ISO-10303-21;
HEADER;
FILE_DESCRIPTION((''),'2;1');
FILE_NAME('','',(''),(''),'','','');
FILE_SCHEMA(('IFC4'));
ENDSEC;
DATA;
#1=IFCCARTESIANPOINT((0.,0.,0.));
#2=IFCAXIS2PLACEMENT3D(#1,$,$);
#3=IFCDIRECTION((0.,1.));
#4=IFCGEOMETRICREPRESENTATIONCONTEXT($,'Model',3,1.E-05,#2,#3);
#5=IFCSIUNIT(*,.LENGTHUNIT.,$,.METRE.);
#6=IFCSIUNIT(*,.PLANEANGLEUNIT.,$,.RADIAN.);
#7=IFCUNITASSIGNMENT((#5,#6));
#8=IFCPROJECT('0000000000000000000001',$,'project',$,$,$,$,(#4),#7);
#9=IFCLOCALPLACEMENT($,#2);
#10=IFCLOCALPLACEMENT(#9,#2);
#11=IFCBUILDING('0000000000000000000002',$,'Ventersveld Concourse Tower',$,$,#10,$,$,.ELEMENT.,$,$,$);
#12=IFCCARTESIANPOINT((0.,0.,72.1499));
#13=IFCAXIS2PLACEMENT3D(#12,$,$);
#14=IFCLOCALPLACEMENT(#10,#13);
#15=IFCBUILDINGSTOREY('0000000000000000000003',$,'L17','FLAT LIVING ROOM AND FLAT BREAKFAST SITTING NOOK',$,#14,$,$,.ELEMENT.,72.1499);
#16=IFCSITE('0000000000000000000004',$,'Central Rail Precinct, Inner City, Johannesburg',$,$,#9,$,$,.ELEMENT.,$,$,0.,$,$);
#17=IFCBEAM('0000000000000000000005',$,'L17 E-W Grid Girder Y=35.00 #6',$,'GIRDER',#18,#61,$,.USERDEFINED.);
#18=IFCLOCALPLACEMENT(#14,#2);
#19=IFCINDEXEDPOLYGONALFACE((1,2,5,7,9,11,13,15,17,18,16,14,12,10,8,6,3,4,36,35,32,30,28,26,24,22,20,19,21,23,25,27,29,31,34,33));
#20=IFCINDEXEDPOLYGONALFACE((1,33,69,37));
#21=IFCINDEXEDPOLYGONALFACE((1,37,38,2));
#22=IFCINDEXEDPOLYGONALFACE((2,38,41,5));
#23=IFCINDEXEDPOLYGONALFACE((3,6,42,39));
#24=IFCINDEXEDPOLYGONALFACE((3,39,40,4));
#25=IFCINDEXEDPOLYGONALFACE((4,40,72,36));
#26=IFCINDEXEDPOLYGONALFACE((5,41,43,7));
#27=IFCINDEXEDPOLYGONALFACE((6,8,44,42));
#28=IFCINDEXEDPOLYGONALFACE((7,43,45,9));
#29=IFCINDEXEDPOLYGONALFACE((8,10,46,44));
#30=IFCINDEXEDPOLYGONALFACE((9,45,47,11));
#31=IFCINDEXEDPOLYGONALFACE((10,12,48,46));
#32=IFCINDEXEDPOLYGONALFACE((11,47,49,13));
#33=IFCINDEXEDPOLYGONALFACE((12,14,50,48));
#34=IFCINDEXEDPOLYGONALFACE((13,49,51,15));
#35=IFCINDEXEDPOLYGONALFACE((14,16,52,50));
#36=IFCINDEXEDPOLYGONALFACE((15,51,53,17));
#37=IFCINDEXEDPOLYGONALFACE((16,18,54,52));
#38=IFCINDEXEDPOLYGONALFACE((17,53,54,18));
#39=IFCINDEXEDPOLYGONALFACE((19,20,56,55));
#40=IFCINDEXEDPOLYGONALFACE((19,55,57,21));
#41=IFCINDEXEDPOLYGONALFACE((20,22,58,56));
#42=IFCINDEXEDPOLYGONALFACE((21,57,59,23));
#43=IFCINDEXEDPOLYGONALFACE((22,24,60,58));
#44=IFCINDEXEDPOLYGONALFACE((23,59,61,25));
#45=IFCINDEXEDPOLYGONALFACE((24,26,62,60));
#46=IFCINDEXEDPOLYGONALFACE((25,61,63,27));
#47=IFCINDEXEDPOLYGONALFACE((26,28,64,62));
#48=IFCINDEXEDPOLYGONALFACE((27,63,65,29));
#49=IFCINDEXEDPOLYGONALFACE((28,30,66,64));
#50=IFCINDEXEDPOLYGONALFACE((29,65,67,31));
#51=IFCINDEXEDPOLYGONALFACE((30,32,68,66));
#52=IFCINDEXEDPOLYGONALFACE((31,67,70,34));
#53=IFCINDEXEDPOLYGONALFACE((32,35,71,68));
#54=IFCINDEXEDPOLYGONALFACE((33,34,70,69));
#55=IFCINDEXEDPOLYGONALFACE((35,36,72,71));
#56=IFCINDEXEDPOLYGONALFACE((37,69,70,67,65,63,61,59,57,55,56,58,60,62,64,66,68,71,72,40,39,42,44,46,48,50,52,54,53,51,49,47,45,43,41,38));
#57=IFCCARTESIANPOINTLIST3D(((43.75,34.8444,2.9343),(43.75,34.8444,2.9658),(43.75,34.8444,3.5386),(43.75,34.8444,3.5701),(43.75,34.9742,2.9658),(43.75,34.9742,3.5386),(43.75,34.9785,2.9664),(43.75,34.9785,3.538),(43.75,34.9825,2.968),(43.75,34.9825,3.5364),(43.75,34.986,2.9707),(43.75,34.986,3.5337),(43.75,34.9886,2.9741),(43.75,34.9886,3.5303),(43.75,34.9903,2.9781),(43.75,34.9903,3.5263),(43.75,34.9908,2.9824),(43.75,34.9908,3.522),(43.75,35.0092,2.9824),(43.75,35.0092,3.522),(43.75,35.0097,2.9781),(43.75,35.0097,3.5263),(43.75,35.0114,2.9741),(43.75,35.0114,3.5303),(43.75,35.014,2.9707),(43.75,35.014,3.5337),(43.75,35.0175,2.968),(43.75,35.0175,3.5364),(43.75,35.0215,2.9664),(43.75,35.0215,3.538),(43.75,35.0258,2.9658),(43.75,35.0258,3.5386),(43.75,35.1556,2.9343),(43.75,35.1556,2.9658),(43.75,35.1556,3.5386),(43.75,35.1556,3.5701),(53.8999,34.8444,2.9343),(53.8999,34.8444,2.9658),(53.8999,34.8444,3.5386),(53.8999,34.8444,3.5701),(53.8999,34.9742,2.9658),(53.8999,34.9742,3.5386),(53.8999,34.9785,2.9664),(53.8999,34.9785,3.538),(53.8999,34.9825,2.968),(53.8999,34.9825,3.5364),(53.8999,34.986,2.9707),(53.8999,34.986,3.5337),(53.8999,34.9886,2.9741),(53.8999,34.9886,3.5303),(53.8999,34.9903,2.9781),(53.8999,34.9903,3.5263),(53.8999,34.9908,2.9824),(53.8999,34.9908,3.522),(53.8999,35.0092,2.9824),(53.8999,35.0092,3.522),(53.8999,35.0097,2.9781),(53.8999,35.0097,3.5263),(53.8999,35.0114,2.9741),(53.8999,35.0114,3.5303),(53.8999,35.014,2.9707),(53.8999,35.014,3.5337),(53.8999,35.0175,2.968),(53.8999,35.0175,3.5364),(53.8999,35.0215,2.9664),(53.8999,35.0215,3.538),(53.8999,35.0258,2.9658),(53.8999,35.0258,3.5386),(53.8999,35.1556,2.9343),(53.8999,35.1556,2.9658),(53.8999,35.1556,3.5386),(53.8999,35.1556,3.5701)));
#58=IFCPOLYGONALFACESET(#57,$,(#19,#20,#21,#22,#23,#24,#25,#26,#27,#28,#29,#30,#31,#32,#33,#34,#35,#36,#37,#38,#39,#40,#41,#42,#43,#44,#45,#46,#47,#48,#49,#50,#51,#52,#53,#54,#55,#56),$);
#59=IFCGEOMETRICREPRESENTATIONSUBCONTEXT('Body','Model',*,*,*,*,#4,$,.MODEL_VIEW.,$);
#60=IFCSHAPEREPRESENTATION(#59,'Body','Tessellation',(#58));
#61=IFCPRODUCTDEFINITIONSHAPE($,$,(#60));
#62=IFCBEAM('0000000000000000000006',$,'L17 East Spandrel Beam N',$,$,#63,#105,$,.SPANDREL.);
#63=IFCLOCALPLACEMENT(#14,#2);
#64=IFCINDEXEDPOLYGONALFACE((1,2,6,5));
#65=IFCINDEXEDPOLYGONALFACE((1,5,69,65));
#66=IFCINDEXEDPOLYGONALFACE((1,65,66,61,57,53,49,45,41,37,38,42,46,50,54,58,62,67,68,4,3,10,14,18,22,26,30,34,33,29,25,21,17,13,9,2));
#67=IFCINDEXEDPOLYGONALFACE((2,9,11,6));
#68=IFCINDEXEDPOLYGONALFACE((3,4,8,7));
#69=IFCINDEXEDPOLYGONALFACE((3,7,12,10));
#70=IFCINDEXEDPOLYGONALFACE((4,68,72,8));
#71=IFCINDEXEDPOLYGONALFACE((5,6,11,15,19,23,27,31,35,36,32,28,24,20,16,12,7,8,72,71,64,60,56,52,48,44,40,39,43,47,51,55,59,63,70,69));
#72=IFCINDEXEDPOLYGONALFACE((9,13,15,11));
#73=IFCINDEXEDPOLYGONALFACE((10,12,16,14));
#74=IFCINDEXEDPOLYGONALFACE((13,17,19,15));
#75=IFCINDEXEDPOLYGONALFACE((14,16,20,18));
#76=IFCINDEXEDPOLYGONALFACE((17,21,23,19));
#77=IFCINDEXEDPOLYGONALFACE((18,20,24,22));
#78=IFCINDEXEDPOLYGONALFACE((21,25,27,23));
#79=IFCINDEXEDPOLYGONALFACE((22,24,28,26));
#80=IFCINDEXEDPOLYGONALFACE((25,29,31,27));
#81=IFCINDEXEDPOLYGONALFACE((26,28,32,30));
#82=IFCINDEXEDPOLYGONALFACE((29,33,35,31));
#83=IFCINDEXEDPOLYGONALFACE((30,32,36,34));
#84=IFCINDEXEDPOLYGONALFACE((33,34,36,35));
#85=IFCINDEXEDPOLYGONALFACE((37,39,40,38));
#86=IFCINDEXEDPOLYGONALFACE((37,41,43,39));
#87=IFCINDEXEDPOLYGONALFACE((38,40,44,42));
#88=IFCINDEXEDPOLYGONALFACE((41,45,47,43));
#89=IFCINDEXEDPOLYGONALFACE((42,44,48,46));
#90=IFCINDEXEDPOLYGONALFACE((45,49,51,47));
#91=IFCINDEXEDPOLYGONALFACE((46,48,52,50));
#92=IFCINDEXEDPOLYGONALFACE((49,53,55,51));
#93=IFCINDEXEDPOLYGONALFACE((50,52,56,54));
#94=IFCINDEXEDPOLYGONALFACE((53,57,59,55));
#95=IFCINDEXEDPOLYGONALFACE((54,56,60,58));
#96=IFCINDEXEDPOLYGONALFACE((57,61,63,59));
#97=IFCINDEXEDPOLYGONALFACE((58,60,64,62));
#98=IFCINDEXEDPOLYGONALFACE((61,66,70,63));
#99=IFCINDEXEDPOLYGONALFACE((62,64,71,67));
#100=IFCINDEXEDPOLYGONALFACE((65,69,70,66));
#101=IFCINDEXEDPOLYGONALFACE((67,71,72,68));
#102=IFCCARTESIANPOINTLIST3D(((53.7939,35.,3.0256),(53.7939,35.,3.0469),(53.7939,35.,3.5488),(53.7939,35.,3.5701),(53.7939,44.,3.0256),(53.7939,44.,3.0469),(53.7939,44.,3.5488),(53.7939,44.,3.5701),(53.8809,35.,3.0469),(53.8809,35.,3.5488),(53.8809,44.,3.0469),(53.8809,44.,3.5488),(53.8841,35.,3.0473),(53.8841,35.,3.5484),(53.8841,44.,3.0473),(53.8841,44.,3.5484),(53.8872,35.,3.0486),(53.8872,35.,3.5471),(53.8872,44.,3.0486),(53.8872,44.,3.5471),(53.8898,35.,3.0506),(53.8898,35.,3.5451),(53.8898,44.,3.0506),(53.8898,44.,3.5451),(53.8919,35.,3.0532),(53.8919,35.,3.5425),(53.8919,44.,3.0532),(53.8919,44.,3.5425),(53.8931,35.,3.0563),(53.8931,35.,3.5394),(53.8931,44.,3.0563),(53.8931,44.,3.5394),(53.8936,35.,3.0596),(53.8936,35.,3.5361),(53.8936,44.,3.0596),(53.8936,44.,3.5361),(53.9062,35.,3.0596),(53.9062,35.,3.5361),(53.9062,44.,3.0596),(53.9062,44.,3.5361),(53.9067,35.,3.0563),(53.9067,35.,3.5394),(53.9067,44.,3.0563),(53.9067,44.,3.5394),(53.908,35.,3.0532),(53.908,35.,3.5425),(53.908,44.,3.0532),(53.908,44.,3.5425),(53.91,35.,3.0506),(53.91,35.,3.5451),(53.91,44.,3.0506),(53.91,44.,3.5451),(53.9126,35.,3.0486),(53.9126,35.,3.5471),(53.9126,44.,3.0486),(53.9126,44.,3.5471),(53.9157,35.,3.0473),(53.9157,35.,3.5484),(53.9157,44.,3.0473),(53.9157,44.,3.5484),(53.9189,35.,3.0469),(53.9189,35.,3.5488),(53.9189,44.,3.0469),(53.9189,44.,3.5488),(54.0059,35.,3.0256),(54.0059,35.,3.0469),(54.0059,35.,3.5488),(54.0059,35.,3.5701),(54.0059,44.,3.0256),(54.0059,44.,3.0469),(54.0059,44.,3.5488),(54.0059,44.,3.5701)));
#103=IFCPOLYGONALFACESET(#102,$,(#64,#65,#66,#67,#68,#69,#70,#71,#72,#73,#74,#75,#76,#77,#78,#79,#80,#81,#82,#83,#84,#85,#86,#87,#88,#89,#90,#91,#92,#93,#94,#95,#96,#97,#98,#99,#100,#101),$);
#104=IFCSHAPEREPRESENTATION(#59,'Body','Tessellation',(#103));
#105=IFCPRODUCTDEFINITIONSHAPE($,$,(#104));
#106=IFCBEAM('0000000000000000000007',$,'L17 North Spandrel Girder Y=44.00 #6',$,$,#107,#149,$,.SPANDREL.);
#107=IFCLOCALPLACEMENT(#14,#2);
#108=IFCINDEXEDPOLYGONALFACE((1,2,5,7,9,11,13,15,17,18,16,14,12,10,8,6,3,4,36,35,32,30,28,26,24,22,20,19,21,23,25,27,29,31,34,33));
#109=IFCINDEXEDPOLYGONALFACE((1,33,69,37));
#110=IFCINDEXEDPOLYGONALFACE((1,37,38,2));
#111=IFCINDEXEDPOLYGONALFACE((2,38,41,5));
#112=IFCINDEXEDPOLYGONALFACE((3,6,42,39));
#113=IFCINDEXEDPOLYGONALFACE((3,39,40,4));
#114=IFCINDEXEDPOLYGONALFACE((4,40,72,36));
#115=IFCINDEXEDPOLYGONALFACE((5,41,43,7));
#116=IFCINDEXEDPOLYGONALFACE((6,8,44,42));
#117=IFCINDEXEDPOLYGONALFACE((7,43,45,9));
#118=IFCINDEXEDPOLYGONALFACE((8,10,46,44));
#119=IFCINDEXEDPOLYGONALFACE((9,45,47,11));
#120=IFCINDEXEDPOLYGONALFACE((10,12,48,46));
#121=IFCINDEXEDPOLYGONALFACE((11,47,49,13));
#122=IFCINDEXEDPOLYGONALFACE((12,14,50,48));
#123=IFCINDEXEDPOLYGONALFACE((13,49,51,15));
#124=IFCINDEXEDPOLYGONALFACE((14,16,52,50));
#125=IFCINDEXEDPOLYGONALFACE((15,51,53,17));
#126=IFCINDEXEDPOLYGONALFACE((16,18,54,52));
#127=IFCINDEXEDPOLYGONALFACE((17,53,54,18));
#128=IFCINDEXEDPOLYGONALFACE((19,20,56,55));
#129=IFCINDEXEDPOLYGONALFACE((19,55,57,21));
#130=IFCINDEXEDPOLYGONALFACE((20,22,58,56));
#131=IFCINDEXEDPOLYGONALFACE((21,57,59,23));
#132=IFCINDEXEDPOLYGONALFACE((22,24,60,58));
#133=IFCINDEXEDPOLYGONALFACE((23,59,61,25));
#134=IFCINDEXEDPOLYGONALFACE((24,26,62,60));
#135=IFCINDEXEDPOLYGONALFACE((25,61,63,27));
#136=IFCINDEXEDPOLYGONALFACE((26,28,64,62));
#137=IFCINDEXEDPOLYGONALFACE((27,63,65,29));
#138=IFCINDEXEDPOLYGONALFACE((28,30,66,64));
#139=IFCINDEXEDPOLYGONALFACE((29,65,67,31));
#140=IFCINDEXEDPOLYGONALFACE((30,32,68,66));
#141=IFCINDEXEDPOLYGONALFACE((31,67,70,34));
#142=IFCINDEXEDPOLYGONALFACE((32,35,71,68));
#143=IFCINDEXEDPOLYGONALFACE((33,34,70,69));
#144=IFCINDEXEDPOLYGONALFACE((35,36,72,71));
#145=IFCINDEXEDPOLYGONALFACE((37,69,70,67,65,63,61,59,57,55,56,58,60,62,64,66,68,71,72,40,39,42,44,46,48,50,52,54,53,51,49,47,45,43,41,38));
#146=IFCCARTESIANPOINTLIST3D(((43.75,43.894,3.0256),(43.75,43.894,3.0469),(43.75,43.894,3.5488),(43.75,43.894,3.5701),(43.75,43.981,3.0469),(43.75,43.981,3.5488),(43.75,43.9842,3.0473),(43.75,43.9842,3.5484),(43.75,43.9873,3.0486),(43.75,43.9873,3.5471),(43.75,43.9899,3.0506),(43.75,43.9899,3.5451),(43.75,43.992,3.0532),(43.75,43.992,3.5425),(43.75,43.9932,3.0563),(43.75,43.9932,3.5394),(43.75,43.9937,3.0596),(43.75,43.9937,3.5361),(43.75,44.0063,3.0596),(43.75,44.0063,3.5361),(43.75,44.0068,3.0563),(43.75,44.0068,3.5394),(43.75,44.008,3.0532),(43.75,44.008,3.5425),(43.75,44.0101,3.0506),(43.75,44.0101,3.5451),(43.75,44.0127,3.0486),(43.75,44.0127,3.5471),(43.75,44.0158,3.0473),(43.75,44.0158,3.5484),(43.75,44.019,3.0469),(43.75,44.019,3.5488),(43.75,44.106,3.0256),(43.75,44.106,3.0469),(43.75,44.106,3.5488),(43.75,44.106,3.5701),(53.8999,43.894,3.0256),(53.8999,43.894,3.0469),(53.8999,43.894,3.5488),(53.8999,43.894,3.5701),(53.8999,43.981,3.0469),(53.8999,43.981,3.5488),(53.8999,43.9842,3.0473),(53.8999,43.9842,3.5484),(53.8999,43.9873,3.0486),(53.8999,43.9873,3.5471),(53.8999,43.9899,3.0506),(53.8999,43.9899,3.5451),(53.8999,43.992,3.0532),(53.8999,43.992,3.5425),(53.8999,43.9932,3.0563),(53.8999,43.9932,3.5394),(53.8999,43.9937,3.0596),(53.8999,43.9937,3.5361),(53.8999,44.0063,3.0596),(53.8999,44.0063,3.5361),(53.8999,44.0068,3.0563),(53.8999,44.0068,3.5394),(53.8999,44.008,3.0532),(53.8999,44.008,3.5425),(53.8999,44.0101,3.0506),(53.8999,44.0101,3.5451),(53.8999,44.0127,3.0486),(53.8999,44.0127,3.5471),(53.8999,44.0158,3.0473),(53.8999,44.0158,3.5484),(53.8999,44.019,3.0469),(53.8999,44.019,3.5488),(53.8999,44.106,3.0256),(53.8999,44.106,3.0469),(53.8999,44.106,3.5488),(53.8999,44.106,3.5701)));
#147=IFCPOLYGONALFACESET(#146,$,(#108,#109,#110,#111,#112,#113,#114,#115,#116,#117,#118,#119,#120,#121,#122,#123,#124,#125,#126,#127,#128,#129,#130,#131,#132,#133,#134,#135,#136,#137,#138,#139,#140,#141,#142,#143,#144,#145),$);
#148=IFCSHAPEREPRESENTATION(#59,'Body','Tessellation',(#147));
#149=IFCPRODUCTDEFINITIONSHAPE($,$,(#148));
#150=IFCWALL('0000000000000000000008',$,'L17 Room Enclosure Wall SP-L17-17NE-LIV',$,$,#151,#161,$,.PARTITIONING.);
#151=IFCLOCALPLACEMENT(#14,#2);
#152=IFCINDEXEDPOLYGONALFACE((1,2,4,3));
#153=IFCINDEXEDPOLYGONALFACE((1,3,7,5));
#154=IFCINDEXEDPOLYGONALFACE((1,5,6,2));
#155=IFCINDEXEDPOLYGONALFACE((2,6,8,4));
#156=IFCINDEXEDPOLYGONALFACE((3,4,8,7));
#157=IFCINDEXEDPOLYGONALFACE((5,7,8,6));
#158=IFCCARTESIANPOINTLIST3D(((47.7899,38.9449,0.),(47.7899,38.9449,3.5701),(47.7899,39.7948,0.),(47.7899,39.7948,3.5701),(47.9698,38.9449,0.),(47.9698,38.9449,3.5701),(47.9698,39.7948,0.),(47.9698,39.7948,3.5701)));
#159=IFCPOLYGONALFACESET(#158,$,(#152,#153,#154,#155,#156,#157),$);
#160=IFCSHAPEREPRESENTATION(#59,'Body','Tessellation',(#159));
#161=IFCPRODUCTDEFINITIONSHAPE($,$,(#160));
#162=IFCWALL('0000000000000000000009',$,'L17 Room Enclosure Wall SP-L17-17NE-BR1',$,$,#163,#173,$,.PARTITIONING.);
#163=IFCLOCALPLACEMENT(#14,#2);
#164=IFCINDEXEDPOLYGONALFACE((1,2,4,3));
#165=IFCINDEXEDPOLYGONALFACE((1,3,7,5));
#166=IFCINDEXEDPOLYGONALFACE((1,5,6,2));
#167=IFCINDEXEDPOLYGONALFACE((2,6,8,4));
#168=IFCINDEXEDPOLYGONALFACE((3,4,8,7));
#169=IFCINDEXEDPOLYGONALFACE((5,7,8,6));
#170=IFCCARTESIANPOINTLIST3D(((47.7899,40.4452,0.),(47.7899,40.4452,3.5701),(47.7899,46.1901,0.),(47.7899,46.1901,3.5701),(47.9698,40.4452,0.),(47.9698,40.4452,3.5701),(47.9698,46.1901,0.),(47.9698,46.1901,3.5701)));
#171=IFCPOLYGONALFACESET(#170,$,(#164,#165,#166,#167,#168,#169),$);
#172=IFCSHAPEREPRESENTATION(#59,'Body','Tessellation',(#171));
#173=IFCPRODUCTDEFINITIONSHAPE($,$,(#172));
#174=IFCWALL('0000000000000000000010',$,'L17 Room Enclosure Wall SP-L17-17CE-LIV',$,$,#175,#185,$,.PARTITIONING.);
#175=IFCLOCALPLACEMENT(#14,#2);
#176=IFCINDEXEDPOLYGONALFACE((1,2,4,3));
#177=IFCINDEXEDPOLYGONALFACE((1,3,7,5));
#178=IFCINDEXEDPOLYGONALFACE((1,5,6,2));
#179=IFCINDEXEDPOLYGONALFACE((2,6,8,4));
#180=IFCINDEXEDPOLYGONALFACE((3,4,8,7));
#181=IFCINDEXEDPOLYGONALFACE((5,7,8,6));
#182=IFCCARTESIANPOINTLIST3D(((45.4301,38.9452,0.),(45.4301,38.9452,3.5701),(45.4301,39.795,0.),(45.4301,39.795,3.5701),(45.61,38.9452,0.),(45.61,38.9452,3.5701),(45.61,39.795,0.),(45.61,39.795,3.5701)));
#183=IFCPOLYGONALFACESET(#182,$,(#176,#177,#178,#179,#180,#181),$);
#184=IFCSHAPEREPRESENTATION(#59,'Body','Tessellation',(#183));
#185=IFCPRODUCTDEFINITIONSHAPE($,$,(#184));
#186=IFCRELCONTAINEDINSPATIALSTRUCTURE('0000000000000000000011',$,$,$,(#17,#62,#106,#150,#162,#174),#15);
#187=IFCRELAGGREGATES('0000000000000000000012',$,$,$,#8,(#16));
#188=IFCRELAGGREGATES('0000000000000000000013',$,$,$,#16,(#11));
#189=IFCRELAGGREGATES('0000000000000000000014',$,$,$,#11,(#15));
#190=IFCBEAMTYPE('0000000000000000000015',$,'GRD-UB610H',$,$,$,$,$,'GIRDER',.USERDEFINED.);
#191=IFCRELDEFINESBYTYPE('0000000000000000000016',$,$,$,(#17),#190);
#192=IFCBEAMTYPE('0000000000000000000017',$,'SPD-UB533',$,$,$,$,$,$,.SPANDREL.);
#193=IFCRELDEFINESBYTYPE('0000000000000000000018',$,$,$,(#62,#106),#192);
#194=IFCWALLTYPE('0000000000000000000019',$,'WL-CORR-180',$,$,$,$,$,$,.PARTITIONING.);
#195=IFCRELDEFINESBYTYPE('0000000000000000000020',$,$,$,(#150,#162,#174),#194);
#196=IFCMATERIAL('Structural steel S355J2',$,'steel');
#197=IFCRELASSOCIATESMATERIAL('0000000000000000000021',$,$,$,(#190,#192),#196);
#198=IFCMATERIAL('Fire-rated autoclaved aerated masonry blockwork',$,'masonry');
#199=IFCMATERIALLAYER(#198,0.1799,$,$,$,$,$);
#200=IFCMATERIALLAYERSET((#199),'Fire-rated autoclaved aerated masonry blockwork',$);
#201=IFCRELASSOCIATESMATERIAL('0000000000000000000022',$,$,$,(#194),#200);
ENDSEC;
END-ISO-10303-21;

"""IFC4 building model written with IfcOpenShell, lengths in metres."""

from ifc_helpers import new_model, si_unit, direction, frame, frame_2d, origin, origin_2d, place, context, subcontext, project, spatial, rectangle, i_section, extrude, material, layer, layer_set, material_profile, profile_set, type_object, element, save


model = new_model("IFC4")

# Units and contexts
model_context = context("Model", 3, precision=1e-05, world=origin(), true_north=direction((0.0, 1.0)))
body_context = subcontext(model_context, "Body", "Model", "MODEL_VIEW")
ifc_project = project(units=[si_unit("LENGTHUNIT", "METRE"), si_unit("PLANEANGLEUNIT", "RADIAN")], contexts=[model_context])

# Site, building, storey
site_placement = place(None, origin())
site = spatial("IfcSite", under=ifc_project, at=site_placement, Name="Central Rail Precinct, Inner City, Johannesburg", CompositionType="ELEMENT", RefElevation=0.0)
building_placement = place(site_placement, origin())
building = spatial("IfcBuilding", under=site, at=building_placement, Name="Ventersveld Concourse Tower", CompositionType="ELEMENT")
storey_placement = place(building_placement, frame((0.0, 0.0, 72.1499)))
storey = spatial("IfcBuildingStorey", under=building, at=storey_placement, Name="L17", Description="FLAT LIVING ROOM AND FLAT BREAKFAST SITTING NOOK", CompositionType="ELEMENT", Elevation=72.1499)

# Beams
ifc_material_1 = material(Name="Structural steel S355J2", Category="steel")
ifc_material_profile_1 = material_profile(ifc_material_1, i_section(OverallWidth=0.3113, OverallDepth=0.6357, WebThickness=0.0183, FlangeThickness=0.0315, FilletRadius=0.0166, at=origin_2d()), Name="UB 610x305x238")
ifc_profile_set_1 = profile_set([ifc_material_profile_1], Name="Structural steel S355J2")
beam_type_1 = type_object("IfcBeamType", Name="GRD-UB610H", ElementType="GIRDER", PredefinedType="USERDEFINED", material=ifc_profile_set_1)
beam_1_placement = place(storey_placement, frame((43.75, 35.0, 3.2522), z_axis=(1.0, 0.0, 0.0), x_axis=(0.0, 1.0, 0.0)))
element("IfcBeam", 1, at=beam_1_placement, inside=storey, type_object=beam_type_1, Name="L17 E-W Grid Girder Y=35.00 #6", ObjectType="GIRDER", PredefinedType="USERDEFINED", context=body_context, shape_type="SweptSolid", body=[
    extrude(i_section(OverallWidth=0.3113, OverallDepth=0.6357, WebThickness=0.0183, FlangeThickness=0.0315, FilletRadius=0.0166, at=origin_2d()), origin(), (0.0, 0.0, 1.0), 10.1499),
])
ifc_material_profile_2 = material_profile(ifc_material_1, i_section(OverallWidth=0.2119, OverallDepth=0.5444, WebThickness=0.0127, FlangeThickness=0.0212, FilletRadius=0.0127, at=origin_2d()), Name="UB 533x210x122")
ifc_profile_set_2 = profile_set([ifc_material_profile_2], Name="Structural steel S355J2")
beam_type_2 = type_object("IfcBeamType", Name="SPD-UB533", PredefinedType="SPANDREL", material=ifc_profile_set_2)
beam_2_placement = place(storey_placement, frame((53.8999, 35.0, 3.2979), z_axis=(0.0, 1.0, 0.0), x_axis=(-1.0, 0.0, 0.0)))
element("IfcBeam", 2, at=beam_2_placement, inside=storey, type_object=beam_type_2, Name="L17 East Spandrel Beam N", PredefinedType="SPANDREL", context=body_context, shape_type="SweptSolid", body=[
    extrude(i_section(OverallWidth=0.2119, OverallDepth=0.5444, WebThickness=0.0127, FlangeThickness=0.0212, FilletRadius=0.0127, at=origin_2d()), origin(), (0.0, 0.0, 1.0), 9.0),
])
beam_3_placement = place(storey_placement, frame((43.75, 44.0, 3.2979), z_axis=(1.0, 0.0, 0.0), x_axis=(0.0, 1.0, 0.0)))
element("IfcBeam", 3, at=beam_3_placement, inside=storey, type_object=beam_type_2, Name="L17 North Spandrel Girder Y=44.00 #6", PredefinedType="SPANDREL", context=body_context, shape_type="SweptSolid", body=[
    extrude(i_section(OverallWidth=0.2119, OverallDepth=0.5444, WebThickness=0.0127, FlangeThickness=0.0212, FilletRadius=0.0127, at=origin_2d()), origin(), (0.0, 0.0, 1.0), 10.1499),
])

# Walls
ifc_material_2 = material(Name="Fire-rated autoclaved aerated masonry blockwork", Category="masonry")
ifc_layer_1 = layer(ifc_material_2, 0.1799)
ifc_layer_set_1 = layer_set([ifc_layer_1], Name="Fire-rated autoclaved aerated masonry blockwork")
wall_type_1 = type_object("IfcWallType", Name="WL-CORR-180", PredefinedType="PARTITIONING", material=ifc_layer_set_1)
wall_1_placement = place(storey_placement, frame((47.8799, 38.9451, 0.0), z_axis=(0.0, 0.0, 1.0), x_axis=(0.0, 1.0, 0.0)))
element("IfcWall", 4, at=wall_1_placement, inside=storey, type_object=wall_type_1, Name="L17 Room Enclosure Wall SP-L17-17NE-LIV", PredefinedType="PARTITIONING", context=body_context, shape_type="SweptSolid", body=[
    extrude(rectangle(XDim=0.8499, YDim=0.1799, at=frame_2d((0.4248, 0.0))), origin(), (0.0, 0.0, 1.0), 3.5701),
])
wall_2_placement = place(storey_placement, frame((47.8799, 40.4451, 0.0), z_axis=(0.0, 0.0, 1.0), x_axis=(0.0, 1.0, 0.0)))
element("IfcWall", 5, at=wall_2_placement, inside=storey, type_object=wall_type_1, Name="L17 Room Enclosure Wall SP-L17-17NE-BR1", PredefinedType="PARTITIONING", context=body_context, shape_type="SweptSolid", body=[
    extrude(rectangle(XDim=5.7449, YDim=0.1799, at=frame_2d((2.8726, 0.0))), origin(), (0.0, 0.0, 1.0), 3.5701),
])
wall_3_placement = place(storey_placement, frame((45.52, 39.7949, 0.0), z_axis=(0.0, 0.0, 1.0), x_axis=(0.0, -1.0, 0.0)))
element("IfcWall", 6, at=wall_3_placement, inside=storey, type_object=wall_type_1, Name="L17 Room Enclosure Wall SP-L17-17CE-LIV", PredefinedType="PARTITIONING", context=body_context, shape_type="SweptSolid", body=[
    extrude(rectangle(XDim=0.8499, YDim=0.1799, at=frame_2d((0.4248, 0.0))), origin(), (0.0, 0.0, 1.0), 3.5701),
])

save(model, "model.ifc")
